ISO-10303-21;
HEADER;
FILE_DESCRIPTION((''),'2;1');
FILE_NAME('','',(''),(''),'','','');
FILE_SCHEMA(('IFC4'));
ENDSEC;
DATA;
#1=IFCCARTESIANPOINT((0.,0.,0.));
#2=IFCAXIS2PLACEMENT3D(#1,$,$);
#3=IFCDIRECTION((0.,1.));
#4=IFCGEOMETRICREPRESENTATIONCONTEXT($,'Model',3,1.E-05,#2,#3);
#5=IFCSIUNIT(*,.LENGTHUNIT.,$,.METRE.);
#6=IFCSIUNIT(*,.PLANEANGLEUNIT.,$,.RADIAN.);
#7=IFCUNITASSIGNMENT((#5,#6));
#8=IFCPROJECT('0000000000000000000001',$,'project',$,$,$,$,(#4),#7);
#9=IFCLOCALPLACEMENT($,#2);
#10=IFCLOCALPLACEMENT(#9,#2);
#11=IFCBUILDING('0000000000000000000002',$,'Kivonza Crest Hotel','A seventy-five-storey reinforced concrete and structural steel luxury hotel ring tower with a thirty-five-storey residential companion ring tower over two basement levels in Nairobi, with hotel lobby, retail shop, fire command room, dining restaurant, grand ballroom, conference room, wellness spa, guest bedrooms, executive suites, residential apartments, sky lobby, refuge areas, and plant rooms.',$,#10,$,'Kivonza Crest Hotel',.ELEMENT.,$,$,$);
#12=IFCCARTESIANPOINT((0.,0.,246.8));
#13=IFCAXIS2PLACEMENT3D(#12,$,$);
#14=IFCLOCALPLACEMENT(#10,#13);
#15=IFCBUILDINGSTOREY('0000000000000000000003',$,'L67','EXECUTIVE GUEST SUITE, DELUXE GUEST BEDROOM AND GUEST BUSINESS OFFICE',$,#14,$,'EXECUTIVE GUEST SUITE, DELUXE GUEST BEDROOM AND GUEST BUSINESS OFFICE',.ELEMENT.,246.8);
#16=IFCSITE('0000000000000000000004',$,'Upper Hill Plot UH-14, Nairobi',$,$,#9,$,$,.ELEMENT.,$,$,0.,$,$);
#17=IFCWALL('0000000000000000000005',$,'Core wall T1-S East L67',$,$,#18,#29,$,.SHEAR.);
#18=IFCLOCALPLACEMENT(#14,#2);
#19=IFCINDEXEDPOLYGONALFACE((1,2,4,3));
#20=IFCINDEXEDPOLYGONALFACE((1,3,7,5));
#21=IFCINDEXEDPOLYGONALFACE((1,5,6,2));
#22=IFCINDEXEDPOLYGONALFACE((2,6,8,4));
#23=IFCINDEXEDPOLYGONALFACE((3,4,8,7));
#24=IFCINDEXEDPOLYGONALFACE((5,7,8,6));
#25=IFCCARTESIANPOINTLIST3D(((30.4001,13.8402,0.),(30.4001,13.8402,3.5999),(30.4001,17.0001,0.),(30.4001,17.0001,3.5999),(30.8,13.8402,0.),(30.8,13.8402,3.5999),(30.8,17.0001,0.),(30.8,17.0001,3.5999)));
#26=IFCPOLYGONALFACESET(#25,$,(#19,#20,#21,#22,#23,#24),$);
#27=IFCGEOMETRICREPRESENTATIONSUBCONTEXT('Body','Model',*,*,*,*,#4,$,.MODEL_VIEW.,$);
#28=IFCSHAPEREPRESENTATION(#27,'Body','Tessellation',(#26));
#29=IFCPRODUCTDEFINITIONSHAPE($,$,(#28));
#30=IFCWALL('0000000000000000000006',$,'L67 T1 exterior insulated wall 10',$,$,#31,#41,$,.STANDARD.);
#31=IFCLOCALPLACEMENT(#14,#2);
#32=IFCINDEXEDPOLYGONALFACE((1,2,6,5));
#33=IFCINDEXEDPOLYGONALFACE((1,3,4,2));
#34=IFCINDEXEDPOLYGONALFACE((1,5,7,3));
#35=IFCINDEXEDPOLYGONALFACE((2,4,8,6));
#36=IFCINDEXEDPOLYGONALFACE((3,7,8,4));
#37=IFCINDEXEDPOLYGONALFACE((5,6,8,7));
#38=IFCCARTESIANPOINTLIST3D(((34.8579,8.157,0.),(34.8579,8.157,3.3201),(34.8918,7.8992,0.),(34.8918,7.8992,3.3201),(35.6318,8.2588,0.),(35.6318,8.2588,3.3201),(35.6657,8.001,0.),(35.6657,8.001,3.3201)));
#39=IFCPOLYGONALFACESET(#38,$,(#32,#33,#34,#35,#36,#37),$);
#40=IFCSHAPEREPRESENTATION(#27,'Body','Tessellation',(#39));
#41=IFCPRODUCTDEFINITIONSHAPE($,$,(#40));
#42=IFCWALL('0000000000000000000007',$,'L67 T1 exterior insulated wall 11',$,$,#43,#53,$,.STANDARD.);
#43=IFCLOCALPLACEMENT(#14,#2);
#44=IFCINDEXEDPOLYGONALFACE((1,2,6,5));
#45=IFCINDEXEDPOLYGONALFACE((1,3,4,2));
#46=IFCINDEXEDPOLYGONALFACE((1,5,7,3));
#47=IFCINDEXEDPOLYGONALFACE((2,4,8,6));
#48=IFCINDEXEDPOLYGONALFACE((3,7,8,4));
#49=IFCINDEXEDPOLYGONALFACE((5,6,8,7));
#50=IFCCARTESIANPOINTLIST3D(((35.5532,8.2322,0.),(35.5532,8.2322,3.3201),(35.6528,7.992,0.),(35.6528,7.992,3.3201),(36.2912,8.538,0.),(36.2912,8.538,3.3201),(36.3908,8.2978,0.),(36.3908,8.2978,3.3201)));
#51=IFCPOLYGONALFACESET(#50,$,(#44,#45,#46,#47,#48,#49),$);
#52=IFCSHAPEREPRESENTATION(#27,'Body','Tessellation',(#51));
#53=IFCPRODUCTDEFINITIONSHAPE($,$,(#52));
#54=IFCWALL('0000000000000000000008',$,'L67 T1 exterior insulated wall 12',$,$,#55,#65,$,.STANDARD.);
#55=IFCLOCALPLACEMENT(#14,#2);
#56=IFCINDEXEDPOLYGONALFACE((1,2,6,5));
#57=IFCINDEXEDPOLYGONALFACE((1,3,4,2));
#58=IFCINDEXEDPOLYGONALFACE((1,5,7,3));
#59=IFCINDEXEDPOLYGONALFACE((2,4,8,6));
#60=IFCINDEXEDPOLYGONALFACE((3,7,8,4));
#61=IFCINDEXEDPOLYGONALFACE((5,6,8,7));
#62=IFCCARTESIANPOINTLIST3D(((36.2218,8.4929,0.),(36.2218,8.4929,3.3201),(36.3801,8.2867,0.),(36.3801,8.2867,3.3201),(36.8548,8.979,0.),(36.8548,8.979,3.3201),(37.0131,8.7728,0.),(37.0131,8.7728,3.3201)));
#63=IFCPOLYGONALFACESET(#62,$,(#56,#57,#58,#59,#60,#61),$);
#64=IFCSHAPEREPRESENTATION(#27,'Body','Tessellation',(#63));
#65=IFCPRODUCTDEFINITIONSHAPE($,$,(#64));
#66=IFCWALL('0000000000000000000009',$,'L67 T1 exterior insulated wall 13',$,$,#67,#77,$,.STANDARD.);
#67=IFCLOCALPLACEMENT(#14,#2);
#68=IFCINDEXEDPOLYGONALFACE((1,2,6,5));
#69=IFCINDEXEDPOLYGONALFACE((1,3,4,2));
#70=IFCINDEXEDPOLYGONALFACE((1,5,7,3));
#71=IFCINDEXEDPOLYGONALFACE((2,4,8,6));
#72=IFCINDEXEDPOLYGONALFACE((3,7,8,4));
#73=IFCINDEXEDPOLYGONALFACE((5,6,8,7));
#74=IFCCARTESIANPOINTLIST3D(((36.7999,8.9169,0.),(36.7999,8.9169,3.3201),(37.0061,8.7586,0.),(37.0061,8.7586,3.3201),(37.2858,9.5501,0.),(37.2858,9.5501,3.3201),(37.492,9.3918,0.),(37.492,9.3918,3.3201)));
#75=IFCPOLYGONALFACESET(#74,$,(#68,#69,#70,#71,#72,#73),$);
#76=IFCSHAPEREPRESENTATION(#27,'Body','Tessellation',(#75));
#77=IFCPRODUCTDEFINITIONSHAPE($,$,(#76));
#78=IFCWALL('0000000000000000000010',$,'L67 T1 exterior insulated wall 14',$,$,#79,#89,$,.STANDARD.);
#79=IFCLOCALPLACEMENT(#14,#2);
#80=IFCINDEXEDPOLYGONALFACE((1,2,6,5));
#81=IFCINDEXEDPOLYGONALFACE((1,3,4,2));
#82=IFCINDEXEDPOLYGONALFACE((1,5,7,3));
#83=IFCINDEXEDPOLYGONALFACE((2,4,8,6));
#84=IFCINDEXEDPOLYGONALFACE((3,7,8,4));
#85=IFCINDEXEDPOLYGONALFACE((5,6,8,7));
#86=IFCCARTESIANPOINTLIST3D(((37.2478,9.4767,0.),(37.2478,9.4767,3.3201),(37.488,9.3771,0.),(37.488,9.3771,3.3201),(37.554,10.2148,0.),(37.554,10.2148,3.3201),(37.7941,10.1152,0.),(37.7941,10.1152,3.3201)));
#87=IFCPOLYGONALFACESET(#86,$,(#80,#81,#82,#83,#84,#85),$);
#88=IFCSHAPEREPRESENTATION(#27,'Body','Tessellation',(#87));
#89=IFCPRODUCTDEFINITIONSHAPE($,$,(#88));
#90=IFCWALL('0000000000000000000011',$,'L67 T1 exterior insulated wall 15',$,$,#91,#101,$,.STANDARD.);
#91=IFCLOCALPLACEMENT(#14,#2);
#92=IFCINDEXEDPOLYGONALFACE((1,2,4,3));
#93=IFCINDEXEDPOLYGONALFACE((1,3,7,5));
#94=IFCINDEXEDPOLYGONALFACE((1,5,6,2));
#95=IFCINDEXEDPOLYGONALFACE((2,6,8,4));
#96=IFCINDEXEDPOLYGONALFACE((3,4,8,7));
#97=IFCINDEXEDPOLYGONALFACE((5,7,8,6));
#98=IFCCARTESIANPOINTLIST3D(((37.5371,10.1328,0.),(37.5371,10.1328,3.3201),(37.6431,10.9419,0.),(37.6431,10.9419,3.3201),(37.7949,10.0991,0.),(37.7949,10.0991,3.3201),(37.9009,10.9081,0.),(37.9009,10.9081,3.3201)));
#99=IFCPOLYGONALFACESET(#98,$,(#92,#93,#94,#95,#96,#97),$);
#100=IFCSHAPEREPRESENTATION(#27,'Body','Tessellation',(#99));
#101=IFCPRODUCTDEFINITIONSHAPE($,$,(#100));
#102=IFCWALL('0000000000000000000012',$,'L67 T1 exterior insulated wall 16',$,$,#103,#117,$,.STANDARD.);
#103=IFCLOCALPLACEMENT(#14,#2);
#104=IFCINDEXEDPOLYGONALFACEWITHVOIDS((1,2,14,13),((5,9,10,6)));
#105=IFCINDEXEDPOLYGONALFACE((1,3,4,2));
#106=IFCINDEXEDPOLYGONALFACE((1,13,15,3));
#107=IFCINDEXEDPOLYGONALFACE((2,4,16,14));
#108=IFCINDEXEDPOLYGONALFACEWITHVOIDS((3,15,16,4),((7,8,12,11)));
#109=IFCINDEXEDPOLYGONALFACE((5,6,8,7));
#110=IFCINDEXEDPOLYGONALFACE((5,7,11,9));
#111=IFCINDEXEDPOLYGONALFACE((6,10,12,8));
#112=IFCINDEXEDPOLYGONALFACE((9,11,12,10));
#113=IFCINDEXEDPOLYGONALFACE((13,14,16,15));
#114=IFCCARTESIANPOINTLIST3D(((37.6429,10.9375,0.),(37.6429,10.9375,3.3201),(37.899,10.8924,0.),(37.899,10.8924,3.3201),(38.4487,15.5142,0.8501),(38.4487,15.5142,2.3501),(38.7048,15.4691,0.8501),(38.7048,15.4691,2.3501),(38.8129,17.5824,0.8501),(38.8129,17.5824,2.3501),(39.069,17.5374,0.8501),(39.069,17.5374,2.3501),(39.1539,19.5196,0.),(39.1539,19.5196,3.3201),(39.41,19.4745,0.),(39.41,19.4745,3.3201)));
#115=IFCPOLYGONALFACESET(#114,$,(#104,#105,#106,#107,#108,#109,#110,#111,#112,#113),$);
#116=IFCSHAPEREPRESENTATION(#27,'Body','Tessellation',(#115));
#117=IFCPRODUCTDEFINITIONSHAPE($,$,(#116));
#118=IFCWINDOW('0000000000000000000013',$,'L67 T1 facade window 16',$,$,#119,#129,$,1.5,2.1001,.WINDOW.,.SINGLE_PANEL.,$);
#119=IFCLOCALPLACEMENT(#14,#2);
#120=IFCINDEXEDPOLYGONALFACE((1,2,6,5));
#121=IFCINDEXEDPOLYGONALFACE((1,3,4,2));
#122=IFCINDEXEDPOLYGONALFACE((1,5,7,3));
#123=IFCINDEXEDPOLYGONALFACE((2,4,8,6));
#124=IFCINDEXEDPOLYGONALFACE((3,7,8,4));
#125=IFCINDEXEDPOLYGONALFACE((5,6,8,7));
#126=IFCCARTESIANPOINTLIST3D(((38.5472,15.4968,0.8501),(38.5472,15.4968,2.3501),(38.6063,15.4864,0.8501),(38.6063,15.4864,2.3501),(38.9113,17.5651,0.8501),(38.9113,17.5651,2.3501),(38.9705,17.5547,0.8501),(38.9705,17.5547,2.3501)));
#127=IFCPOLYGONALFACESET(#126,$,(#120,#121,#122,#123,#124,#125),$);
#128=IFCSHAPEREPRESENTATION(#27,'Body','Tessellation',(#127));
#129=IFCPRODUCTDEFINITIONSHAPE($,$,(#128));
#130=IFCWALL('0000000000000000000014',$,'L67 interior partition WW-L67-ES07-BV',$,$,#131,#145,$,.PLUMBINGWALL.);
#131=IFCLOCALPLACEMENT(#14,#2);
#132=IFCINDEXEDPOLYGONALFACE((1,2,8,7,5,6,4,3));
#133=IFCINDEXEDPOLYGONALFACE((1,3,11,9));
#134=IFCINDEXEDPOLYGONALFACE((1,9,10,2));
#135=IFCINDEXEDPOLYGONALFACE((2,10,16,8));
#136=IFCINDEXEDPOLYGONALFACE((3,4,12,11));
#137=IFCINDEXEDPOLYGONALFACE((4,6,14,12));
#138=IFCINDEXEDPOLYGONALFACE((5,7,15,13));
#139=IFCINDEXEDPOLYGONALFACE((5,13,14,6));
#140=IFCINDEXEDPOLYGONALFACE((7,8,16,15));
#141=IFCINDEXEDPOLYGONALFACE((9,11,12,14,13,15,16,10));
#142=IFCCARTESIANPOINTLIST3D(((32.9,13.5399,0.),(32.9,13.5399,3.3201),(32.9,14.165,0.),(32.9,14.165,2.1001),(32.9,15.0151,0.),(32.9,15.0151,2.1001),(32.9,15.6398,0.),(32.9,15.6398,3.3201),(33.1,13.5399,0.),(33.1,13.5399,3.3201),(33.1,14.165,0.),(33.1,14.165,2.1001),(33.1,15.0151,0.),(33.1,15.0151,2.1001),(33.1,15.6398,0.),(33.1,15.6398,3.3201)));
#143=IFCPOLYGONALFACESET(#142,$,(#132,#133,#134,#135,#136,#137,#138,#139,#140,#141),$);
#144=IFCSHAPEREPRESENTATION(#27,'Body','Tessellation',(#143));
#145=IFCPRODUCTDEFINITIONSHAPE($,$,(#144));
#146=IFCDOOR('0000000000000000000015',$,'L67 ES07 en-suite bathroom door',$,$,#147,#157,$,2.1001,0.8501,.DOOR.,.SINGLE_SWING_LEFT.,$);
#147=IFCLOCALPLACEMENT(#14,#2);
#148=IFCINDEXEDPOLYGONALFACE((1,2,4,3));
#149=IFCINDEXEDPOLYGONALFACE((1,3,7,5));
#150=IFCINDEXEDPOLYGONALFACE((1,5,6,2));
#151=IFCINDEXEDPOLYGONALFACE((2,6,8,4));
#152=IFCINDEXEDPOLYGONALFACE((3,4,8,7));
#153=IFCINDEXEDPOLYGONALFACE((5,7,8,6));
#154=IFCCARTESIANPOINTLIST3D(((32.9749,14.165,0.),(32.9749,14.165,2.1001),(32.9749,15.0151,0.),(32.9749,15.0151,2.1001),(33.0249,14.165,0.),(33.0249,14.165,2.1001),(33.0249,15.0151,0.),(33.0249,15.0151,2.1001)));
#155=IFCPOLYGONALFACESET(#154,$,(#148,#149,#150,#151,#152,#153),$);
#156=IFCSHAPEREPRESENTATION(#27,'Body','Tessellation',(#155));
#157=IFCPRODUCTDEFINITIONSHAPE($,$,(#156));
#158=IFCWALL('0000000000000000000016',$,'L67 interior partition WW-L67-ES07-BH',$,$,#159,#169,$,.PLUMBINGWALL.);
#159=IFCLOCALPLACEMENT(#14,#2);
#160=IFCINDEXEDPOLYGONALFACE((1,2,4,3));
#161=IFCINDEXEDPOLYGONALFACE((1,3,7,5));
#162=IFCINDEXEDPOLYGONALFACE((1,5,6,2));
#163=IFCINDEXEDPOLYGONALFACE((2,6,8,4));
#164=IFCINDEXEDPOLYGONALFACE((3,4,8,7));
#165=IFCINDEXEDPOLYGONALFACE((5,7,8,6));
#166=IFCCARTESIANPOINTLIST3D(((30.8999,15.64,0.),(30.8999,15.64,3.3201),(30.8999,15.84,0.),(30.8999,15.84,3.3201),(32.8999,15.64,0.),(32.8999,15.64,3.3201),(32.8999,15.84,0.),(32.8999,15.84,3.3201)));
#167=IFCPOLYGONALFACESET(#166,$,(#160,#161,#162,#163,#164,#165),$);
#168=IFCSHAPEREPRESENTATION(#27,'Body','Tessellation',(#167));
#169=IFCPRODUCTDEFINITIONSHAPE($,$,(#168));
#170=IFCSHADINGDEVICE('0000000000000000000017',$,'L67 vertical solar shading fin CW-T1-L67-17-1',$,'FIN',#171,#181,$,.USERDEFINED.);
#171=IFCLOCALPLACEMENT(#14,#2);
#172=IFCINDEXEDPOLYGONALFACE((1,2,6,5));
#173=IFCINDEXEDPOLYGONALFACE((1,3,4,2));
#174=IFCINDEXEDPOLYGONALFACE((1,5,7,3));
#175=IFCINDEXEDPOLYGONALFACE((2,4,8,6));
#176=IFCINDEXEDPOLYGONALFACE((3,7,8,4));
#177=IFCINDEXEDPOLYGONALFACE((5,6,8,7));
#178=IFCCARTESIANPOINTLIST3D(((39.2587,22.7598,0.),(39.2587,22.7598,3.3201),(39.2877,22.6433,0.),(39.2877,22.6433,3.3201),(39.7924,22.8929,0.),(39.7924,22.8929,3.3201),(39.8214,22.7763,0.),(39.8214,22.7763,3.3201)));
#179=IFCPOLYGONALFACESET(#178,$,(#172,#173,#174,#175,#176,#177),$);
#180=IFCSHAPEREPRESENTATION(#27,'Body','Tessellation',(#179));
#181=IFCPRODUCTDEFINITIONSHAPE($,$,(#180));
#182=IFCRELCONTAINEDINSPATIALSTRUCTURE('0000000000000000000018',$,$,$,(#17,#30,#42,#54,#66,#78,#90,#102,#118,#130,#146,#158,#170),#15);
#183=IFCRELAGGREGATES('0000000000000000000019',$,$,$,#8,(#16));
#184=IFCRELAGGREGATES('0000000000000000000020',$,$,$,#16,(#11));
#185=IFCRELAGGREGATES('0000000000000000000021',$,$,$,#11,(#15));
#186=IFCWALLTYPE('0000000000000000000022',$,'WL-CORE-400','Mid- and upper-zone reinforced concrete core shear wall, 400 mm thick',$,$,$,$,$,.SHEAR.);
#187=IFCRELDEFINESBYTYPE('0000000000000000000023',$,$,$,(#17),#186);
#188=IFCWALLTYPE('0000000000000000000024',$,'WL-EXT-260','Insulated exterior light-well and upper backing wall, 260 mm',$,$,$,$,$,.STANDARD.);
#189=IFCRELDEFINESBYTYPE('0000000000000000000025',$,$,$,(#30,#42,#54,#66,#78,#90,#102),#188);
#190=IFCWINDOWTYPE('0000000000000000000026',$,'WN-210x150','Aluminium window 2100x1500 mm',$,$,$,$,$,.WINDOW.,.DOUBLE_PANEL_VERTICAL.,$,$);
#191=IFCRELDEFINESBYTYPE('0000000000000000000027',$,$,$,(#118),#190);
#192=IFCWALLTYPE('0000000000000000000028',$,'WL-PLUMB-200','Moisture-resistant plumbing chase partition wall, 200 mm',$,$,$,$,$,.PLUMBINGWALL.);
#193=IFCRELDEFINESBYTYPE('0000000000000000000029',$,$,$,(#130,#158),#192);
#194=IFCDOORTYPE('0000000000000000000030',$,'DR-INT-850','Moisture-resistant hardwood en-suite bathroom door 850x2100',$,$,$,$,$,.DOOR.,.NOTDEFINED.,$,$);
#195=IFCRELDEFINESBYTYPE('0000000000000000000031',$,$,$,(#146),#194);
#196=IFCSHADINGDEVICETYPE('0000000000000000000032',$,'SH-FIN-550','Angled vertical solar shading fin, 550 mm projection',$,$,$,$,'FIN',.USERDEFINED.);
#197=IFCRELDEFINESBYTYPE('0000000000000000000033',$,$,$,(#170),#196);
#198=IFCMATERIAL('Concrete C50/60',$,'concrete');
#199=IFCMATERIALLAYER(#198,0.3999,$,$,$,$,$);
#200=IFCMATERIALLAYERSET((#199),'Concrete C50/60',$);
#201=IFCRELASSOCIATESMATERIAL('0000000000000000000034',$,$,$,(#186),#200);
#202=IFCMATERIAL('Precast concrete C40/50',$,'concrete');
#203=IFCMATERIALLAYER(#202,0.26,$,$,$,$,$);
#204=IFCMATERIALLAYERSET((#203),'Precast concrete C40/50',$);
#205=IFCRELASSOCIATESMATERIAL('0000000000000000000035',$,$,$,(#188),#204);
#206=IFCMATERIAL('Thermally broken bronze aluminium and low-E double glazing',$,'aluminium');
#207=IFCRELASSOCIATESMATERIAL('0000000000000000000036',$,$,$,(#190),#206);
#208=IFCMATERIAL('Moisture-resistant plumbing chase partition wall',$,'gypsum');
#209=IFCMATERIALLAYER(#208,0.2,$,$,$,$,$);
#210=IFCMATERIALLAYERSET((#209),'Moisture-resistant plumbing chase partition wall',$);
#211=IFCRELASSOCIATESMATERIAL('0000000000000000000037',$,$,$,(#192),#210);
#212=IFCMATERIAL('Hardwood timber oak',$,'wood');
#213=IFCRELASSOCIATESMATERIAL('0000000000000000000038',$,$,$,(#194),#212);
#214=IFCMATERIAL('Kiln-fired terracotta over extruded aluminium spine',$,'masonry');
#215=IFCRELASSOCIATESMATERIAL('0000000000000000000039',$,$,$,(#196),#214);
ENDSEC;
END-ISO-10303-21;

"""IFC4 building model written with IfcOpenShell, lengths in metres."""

from ifc_helpers import new_model, si_unit, direction, frame, frame_2d, origin, origin_2d, place, context, subcontext, project, spatial, rectangle, extrude, material, layer, layer_set, type_object, element, fill, save


model = new_model("IFC4")

# Units and contexts
model_context = context("Model", 3, precision=1e-05, world=origin(), true_north=direction((0.0, 1.0)))
body_context = subcontext(model_context, "Body", "Model", "MODEL_VIEW")
ifc_project = project(units=[si_unit("LENGTHUNIT", "METRE"), si_unit("PLANEANGLEUNIT", "RADIAN")], contexts=[model_context])

# Site, building, storey
site_placement = place(None, origin())
site = spatial("IfcSite", under=ifc_project, at=site_placement, Name="Upper Hill Plot UH-14, Nairobi", CompositionType="ELEMENT", RefElevation=0.0)
building_placement = place(site_placement, origin())
building = spatial("IfcBuilding", under=site, at=building_placement, Name="Kivonza Crest Hotel", Description="A seventy-five-storey reinforced concrete and structural steel luxury hotel ring tower with a thirty-five-storey residential companion ring tower over two basement levels in Nairobi, with hotel lobby, retail shop, fire command room, dining restaurant, grand ballroom, conference room, wellness spa, guest bedrooms, executive suites, residential apartments, sky lobby, refuge areas, and plant rooms.", LongName="Kivonza Crest Hotel", CompositionType="ELEMENT")
storey_placement = place(building_placement, frame((0.0, 0.0, 246.8)))
storey = spatial("IfcBuildingStorey", under=building, at=storey_placement, Name="L67", Description="EXECUTIVE GUEST SUITE, DELUXE GUEST BEDROOM AND GUEST BUSINESS OFFICE", LongName="EXECUTIVE GUEST SUITE, DELUXE GUEST BEDROOM AND GUEST BUSINESS OFFICE", CompositionType="ELEMENT", Elevation=246.8)

# Shared definitions
ifc_material_1 = material(Name="Concrete C50/60", Category="concrete")

# Shared definitions
ifc_material_2 = material(Name="Hardwood timber oak", Category="wood")

# Walls
ifc_layer_1 = layer(ifc_material_1, 0.3999)
ifc_layer_set_1 = layer_set([ifc_layer_1], Name="Concrete C50/60")
wall_type_1 = type_object("IfcWallType", Name="WL-CORE-400", Description="Mid- and upper-zone reinforced concrete core shear wall, 400 mm thick", PredefinedType="SHEAR", material=ifc_layer_set_1)
wall_1_placement = place(storey_placement, frame((30.6001, 13.8401, 0.0), z_axis=(0.0, 0.0, 1.0), x_axis=(0.0, 1.0, 0.0)))
element("IfcWall", 1, at=wall_1_placement, inside=storey, type_object=wall_type_1, Name="Core wall T1-S East L67", PredefinedType="SHEAR", context=body_context, shape_type="SweptSolid", body=[
    extrude(rectangle(XDim=3.1599, YDim=0.3999, at=frame_2d((1.5801, 0.0))), origin(), (0.0, 0.0, 1.0), 3.5999),
])
ifc_material_3 = material(Name="Precast concrete C40/50", Category="concrete")
ifc_layer_2 = layer(ifc_material_3, 0.26)
ifc_layer_set_2 = layer_set([ifc_layer_2], Name="Precast concrete C40/50")
wall_type_2 = type_object("IfcWallType", Name="WL-EXT-260", Description="Insulated exterior light-well and upper backing wall, 260 mm", PredefinedType="STANDARD", material=ifc_layer_set_2)
wall_2_placement = place(storey_placement, frame((34.875, 8.0281, 0.0), z_axis=(0.0, 0.0, 1.0), x_axis=(0.991459, 0.130422, 0.0)))
element("IfcWall", 2, at=wall_2_placement, inside=storey, type_object=wall_type_2, Name="L67 T1 exterior insulated wall 10", PredefinedType="STANDARD", context=body_context, shape_type="SweptSolid", body=[
    extrude(rectangle(XDim=0.7805, YDim=0.26, at=frame_2d((0.3901, 0.0))), origin(), (0.0, 0.0, 1.0), 3.3201),
])
wall_3_placement = place(storey_placement, frame((35.603, 8.1121, 0.0), z_axis=(0.0, 0.0, 1.0), x_axis=(0.92379, 0.382901, 0.0)))
element("IfcWall", 3, at=wall_3_placement, inside=storey, type_object=wall_type_2, Name="L67 T1 exterior insulated wall 11", PredefinedType="STANDARD", context=body_context, shape_type="SweptSolid", body=[
    extrude(rectangle(XDim=0.7988, YDim=0.26, at=frame_2d((0.3994, 0.0))), origin(), (0.0, 0.0, 1.0), 3.3201),
])
for number, where, z_axis, x_axis, name in (
    (4, (36.301, 8.3899, 0.0), (0.0, 0.0, 1.0), (0.793158, 0.609016, 0.0), "L67 T1 exterior insulated wall 12"),
    (5, (36.9031, 8.8379, 0.0), (0.0, 0.0, 1.0), (0.608823, 0.793306, 0.0), "L67 T1 exterior insulated wall 13"),
):
    element("IfcWall", number, at=place(storey_placement, frame(where, z_axis=z_axis, x_axis=x_axis)), inside=storey, type_object=wall_type_2, Name=name, PredefinedType="STANDARD", context=body_context, shape_type="SweptSolid", body=[
        extrude(rectangle(XDim=0.7981, YDim=0.26, at=frame_2d((0.3989, 0.0))), origin(), (0.0, 0.0, 1.0), 3.3201),
    ])
wall_4_placement = place(storey_placement, frame((37.3679, 9.427, 0.0), z_axis=(0.0, 0.0, 1.0), x_axis=(0.383161, 0.923681, 0.0)))
element("IfcWall", 6, at=wall_4_placement, inside=storey, type_object=wall_type_2, Name="L67 T1 exterior insulated wall 14", PredefinedType="STANDARD", context=body_context, shape_type="SweptSolid", body=[
    extrude(rectangle(XDim=0.7991, YDim=0.26, at=frame_2d((0.3994, 0.0))), origin(), (0.0, 0.0, 1.0), 3.3201),
])
wall_5_placement = place(storey_placement, frame((37.666, 10.116, 0.0), z_axis=(0.0, 0.0, 1.0), x_axis=(0.129851, 0.991534, 0.0)))
element("IfcWall", 7, at=wall_5_placement, inside=storey, type_object=wall_type_2, Name="L67 T1 exterior insulated wall 15", PredefinedType="STANDARD", context=body_context, shape_type="SweptSolid", body=[
    extrude(rectangle(XDim=0.8159, YDim=0.26, at=frame_2d((0.408, 0.0))), origin(), (0.0, 0.0, 1.0), 3.3201),
])

# Wall, opening, window
wall_6_placement = place(storey_placement, frame((37.771, 10.915, 0.0), z_axis=(0.0, 0.0, 1.0), x_axis=(0.173397, 0.984852, 0.0)))
wall_6 = element("IfcWall", 8, at=wall_6_placement, inside=storey, type_object=wall_type_2, Name="L67 T1 exterior insulated wall 16", PredefinedType="STANDARD", context=body_context, shape_type="SweptSolid", body=[
    extrude(rectangle(XDim=8.7141, YDim=0.26, at=frame_2d((4.3569, 0.0))), origin(), (0.0, 0.0, 1.0), 3.3201),
])
opening_1_placement = place(wall_6_placement, frame((4.647, 0.0, 0.8501)))
opening_1 = element("IfcOpeningElement", 9, at=opening_1_placement, cuts=wall_6, PredefinedType="OPENING", context=body_context, shape_type="SweptSolid", body=[
    extrude(rectangle(XDim=2.1001, YDim=1.5, at=frame_2d((1.05, 0.75))), frame((0.0, 0.1401, 0.0), z_axis=(0.0, -1.0, 0.0), x_axis=(1.0, 0.0, 0.0)), (0.0, 0.0, 1.0), 0.28),
])
ifc_material_4 = material(Name="Thermally broken bronze aluminium and low-E double glazing", Category="aluminium")
window_type = type_object("IfcWindowType", Name="WN-210x150", Description="Aluminium window 2100x1500 mm", PartitioningType="DOUBLE_PANEL_VERTICAL", PredefinedType="WINDOW", material=ifc_material_4)
window_placement = place(opening_1_placement, origin())
window = element("IfcWindow", 10, at=window_placement, inside=storey, type_object=window_type, Name="L67 T1 facade window 16", OverallHeight=1.5, OverallWidth=2.1001, PartitioningType="SINGLE_PANEL", PredefinedType="WINDOW", context=body_context, shape_type="SweptSolid", body=[
    extrude(rectangle(XDim=2.1001, YDim=1.5, at=frame_2d((1.05, 0.75))), frame((0.0, 0.03, 0.0), z_axis=(0.0, -1.0, 0.0), x_axis=(1.0, 0.0, 0.0)), (0.0, 0.0, 1.0), 0.0601),
])
fill(opening_1, window)

# Wall, opening, door
ifc_material_5 = material(Name="Moisture-resistant plumbing chase partition wall", Category="gypsum")
ifc_layer_3 = layer(ifc_material_5, 0.2)
ifc_layer_set_3 = layer_set([ifc_layer_3], Name="Moisture-resistant plumbing chase partition wall")
wall_type_3 = type_object("IfcWallType", Name="WL-PLUMB-200", Description="Moisture-resistant plumbing chase partition wall, 200 mm", PredefinedType="PLUMBINGWALL", material=ifc_layer_set_3)
wall_7_placement = place(storey_placement, frame((33.0, 13.54, 0.0), z_axis=(0.0, 0.0, 1.0), x_axis=(0.0, 1.0, 0.0)))
wall_7 = element("IfcWall", 11, at=wall_7_placement, inside=storey, type_object=wall_type_3, Name="L67 interior partition WW-L67-ES07-BV", PredefinedType="PLUMBINGWALL", context=body_context, shape_type="SweptSolid", body=[
    extrude(rectangle(XDim=2.0999, YDim=0.2, at=frame_2d((1.0498, 0.0))), origin(), (0.0, 0.0, 1.0), 3.3201),
])
opening_2_placement = place(wall_7_placement, frame((0.625, 0.0, 0.0)))
opening_2 = element("IfcOpeningElement", 12, at=opening_2_placement, cuts=wall_7, PredefinedType="OPENING", context=body_context, shape_type="SweptSolid", body=[
    extrude(rectangle(XDim=0.8501, YDim=2.1001, at=frame_2d((0.425, 1.05))), frame((0.0, 0.1099, 0.0), z_axis=(0.0, -1.0, 0.0), x_axis=(1.0, 0.0, 0.0)), (0.0, 0.0, 1.0), 0.22),
])
door_type_1 = type_object("IfcDoorType", Name="DR-INT-850", Description="Moisture-resistant hardwood en-suite bathroom door 850x2100", OperationType="NOTDEFINED", PredefinedType="DOOR", material=ifc_material_2)
door_1_placement = place(opening_2_placement, frame((0.8501, 0.0, 0.0), z_axis=(0.0, 0.0, 1.0), x_axis=(-1.0, 0.0, 0.0)))
door_1 = element("IfcDoor", 13, at=door_1_placement, inside=storey, type_object=door_type_1, Name="L67 ES07 en-suite bathroom door", OperationType="SINGLE_SWING_LEFT", OverallHeight=2.1001, OverallWidth=0.8501, PredefinedType="DOOR", context=body_context, shape_type="SweptSolid", body=[
    extrude(rectangle(XDim=0.8501, YDim=2.1001, at=frame_2d((0.425, 1.05))), frame((0.0, 0.0249, 0.0), z_axis=(0.0, -1.0, 0.0), x_axis=(1.0, 0.0, 0.0)), (0.0, 0.0, 1.0), 0.05),
])
fill(opening_2, door_1)

# Wall
wall_8_placement = place(storey_placement, frame((30.8999, 15.74, 0.0), z_axis=(0.0, 0.0, 1.0), x_axis=(1.0, 0.0, 0.0)))
element("IfcWall", 14, at=wall_8_placement, inside=storey, type_object=wall_type_3, Name="L67 interior partition WW-L67-ES07-BH", PredefinedType="PLUMBINGWALL", context=body_context, shape_type="SweptSolid", body=[
    extrude(rectangle(XDim=2.0, YDim=0.2, at=frame_2d((1.0, 0.0))), origin(), (0.0, 0.0, 1.0), 3.3201),
])

# Shading device
ifc_material_6 = material(Name="Kiln-fired terracotta over extruded aluminium spine", Category="masonry")
shading_device_type = type_object("IfcShadingDeviceType", Name="SH-FIN-550", Description="Angled vertical solar shading fin, 550 mm projection", ElementType="FIN", PredefinedType="USERDEFINED", material=ifc_material_6)
shading_device_placement = place(storey_placement, frame((39.54, 22.7681, 0.0), z_axis=(0.0, 0.0, 1.0), x_axis=(-0.241922, 0.970296, 0.0)))
element("IfcShadingDevice", 15, at=shading_device_placement, inside=storey, type_object=shading_device_type, Name="L67 vertical solar shading fin CW-T1-L67-17-1", ObjectType="FIN", PredefinedType="USERDEFINED", context=body_context, shape_type="SweptSolid", body=[
    extrude(rectangle(XDim=0.1201, YDim=0.55, at=origin_2d()), origin(), (0.0, 0.0, 1.0), 3.3201),
])

save(model, "model.ifc")
